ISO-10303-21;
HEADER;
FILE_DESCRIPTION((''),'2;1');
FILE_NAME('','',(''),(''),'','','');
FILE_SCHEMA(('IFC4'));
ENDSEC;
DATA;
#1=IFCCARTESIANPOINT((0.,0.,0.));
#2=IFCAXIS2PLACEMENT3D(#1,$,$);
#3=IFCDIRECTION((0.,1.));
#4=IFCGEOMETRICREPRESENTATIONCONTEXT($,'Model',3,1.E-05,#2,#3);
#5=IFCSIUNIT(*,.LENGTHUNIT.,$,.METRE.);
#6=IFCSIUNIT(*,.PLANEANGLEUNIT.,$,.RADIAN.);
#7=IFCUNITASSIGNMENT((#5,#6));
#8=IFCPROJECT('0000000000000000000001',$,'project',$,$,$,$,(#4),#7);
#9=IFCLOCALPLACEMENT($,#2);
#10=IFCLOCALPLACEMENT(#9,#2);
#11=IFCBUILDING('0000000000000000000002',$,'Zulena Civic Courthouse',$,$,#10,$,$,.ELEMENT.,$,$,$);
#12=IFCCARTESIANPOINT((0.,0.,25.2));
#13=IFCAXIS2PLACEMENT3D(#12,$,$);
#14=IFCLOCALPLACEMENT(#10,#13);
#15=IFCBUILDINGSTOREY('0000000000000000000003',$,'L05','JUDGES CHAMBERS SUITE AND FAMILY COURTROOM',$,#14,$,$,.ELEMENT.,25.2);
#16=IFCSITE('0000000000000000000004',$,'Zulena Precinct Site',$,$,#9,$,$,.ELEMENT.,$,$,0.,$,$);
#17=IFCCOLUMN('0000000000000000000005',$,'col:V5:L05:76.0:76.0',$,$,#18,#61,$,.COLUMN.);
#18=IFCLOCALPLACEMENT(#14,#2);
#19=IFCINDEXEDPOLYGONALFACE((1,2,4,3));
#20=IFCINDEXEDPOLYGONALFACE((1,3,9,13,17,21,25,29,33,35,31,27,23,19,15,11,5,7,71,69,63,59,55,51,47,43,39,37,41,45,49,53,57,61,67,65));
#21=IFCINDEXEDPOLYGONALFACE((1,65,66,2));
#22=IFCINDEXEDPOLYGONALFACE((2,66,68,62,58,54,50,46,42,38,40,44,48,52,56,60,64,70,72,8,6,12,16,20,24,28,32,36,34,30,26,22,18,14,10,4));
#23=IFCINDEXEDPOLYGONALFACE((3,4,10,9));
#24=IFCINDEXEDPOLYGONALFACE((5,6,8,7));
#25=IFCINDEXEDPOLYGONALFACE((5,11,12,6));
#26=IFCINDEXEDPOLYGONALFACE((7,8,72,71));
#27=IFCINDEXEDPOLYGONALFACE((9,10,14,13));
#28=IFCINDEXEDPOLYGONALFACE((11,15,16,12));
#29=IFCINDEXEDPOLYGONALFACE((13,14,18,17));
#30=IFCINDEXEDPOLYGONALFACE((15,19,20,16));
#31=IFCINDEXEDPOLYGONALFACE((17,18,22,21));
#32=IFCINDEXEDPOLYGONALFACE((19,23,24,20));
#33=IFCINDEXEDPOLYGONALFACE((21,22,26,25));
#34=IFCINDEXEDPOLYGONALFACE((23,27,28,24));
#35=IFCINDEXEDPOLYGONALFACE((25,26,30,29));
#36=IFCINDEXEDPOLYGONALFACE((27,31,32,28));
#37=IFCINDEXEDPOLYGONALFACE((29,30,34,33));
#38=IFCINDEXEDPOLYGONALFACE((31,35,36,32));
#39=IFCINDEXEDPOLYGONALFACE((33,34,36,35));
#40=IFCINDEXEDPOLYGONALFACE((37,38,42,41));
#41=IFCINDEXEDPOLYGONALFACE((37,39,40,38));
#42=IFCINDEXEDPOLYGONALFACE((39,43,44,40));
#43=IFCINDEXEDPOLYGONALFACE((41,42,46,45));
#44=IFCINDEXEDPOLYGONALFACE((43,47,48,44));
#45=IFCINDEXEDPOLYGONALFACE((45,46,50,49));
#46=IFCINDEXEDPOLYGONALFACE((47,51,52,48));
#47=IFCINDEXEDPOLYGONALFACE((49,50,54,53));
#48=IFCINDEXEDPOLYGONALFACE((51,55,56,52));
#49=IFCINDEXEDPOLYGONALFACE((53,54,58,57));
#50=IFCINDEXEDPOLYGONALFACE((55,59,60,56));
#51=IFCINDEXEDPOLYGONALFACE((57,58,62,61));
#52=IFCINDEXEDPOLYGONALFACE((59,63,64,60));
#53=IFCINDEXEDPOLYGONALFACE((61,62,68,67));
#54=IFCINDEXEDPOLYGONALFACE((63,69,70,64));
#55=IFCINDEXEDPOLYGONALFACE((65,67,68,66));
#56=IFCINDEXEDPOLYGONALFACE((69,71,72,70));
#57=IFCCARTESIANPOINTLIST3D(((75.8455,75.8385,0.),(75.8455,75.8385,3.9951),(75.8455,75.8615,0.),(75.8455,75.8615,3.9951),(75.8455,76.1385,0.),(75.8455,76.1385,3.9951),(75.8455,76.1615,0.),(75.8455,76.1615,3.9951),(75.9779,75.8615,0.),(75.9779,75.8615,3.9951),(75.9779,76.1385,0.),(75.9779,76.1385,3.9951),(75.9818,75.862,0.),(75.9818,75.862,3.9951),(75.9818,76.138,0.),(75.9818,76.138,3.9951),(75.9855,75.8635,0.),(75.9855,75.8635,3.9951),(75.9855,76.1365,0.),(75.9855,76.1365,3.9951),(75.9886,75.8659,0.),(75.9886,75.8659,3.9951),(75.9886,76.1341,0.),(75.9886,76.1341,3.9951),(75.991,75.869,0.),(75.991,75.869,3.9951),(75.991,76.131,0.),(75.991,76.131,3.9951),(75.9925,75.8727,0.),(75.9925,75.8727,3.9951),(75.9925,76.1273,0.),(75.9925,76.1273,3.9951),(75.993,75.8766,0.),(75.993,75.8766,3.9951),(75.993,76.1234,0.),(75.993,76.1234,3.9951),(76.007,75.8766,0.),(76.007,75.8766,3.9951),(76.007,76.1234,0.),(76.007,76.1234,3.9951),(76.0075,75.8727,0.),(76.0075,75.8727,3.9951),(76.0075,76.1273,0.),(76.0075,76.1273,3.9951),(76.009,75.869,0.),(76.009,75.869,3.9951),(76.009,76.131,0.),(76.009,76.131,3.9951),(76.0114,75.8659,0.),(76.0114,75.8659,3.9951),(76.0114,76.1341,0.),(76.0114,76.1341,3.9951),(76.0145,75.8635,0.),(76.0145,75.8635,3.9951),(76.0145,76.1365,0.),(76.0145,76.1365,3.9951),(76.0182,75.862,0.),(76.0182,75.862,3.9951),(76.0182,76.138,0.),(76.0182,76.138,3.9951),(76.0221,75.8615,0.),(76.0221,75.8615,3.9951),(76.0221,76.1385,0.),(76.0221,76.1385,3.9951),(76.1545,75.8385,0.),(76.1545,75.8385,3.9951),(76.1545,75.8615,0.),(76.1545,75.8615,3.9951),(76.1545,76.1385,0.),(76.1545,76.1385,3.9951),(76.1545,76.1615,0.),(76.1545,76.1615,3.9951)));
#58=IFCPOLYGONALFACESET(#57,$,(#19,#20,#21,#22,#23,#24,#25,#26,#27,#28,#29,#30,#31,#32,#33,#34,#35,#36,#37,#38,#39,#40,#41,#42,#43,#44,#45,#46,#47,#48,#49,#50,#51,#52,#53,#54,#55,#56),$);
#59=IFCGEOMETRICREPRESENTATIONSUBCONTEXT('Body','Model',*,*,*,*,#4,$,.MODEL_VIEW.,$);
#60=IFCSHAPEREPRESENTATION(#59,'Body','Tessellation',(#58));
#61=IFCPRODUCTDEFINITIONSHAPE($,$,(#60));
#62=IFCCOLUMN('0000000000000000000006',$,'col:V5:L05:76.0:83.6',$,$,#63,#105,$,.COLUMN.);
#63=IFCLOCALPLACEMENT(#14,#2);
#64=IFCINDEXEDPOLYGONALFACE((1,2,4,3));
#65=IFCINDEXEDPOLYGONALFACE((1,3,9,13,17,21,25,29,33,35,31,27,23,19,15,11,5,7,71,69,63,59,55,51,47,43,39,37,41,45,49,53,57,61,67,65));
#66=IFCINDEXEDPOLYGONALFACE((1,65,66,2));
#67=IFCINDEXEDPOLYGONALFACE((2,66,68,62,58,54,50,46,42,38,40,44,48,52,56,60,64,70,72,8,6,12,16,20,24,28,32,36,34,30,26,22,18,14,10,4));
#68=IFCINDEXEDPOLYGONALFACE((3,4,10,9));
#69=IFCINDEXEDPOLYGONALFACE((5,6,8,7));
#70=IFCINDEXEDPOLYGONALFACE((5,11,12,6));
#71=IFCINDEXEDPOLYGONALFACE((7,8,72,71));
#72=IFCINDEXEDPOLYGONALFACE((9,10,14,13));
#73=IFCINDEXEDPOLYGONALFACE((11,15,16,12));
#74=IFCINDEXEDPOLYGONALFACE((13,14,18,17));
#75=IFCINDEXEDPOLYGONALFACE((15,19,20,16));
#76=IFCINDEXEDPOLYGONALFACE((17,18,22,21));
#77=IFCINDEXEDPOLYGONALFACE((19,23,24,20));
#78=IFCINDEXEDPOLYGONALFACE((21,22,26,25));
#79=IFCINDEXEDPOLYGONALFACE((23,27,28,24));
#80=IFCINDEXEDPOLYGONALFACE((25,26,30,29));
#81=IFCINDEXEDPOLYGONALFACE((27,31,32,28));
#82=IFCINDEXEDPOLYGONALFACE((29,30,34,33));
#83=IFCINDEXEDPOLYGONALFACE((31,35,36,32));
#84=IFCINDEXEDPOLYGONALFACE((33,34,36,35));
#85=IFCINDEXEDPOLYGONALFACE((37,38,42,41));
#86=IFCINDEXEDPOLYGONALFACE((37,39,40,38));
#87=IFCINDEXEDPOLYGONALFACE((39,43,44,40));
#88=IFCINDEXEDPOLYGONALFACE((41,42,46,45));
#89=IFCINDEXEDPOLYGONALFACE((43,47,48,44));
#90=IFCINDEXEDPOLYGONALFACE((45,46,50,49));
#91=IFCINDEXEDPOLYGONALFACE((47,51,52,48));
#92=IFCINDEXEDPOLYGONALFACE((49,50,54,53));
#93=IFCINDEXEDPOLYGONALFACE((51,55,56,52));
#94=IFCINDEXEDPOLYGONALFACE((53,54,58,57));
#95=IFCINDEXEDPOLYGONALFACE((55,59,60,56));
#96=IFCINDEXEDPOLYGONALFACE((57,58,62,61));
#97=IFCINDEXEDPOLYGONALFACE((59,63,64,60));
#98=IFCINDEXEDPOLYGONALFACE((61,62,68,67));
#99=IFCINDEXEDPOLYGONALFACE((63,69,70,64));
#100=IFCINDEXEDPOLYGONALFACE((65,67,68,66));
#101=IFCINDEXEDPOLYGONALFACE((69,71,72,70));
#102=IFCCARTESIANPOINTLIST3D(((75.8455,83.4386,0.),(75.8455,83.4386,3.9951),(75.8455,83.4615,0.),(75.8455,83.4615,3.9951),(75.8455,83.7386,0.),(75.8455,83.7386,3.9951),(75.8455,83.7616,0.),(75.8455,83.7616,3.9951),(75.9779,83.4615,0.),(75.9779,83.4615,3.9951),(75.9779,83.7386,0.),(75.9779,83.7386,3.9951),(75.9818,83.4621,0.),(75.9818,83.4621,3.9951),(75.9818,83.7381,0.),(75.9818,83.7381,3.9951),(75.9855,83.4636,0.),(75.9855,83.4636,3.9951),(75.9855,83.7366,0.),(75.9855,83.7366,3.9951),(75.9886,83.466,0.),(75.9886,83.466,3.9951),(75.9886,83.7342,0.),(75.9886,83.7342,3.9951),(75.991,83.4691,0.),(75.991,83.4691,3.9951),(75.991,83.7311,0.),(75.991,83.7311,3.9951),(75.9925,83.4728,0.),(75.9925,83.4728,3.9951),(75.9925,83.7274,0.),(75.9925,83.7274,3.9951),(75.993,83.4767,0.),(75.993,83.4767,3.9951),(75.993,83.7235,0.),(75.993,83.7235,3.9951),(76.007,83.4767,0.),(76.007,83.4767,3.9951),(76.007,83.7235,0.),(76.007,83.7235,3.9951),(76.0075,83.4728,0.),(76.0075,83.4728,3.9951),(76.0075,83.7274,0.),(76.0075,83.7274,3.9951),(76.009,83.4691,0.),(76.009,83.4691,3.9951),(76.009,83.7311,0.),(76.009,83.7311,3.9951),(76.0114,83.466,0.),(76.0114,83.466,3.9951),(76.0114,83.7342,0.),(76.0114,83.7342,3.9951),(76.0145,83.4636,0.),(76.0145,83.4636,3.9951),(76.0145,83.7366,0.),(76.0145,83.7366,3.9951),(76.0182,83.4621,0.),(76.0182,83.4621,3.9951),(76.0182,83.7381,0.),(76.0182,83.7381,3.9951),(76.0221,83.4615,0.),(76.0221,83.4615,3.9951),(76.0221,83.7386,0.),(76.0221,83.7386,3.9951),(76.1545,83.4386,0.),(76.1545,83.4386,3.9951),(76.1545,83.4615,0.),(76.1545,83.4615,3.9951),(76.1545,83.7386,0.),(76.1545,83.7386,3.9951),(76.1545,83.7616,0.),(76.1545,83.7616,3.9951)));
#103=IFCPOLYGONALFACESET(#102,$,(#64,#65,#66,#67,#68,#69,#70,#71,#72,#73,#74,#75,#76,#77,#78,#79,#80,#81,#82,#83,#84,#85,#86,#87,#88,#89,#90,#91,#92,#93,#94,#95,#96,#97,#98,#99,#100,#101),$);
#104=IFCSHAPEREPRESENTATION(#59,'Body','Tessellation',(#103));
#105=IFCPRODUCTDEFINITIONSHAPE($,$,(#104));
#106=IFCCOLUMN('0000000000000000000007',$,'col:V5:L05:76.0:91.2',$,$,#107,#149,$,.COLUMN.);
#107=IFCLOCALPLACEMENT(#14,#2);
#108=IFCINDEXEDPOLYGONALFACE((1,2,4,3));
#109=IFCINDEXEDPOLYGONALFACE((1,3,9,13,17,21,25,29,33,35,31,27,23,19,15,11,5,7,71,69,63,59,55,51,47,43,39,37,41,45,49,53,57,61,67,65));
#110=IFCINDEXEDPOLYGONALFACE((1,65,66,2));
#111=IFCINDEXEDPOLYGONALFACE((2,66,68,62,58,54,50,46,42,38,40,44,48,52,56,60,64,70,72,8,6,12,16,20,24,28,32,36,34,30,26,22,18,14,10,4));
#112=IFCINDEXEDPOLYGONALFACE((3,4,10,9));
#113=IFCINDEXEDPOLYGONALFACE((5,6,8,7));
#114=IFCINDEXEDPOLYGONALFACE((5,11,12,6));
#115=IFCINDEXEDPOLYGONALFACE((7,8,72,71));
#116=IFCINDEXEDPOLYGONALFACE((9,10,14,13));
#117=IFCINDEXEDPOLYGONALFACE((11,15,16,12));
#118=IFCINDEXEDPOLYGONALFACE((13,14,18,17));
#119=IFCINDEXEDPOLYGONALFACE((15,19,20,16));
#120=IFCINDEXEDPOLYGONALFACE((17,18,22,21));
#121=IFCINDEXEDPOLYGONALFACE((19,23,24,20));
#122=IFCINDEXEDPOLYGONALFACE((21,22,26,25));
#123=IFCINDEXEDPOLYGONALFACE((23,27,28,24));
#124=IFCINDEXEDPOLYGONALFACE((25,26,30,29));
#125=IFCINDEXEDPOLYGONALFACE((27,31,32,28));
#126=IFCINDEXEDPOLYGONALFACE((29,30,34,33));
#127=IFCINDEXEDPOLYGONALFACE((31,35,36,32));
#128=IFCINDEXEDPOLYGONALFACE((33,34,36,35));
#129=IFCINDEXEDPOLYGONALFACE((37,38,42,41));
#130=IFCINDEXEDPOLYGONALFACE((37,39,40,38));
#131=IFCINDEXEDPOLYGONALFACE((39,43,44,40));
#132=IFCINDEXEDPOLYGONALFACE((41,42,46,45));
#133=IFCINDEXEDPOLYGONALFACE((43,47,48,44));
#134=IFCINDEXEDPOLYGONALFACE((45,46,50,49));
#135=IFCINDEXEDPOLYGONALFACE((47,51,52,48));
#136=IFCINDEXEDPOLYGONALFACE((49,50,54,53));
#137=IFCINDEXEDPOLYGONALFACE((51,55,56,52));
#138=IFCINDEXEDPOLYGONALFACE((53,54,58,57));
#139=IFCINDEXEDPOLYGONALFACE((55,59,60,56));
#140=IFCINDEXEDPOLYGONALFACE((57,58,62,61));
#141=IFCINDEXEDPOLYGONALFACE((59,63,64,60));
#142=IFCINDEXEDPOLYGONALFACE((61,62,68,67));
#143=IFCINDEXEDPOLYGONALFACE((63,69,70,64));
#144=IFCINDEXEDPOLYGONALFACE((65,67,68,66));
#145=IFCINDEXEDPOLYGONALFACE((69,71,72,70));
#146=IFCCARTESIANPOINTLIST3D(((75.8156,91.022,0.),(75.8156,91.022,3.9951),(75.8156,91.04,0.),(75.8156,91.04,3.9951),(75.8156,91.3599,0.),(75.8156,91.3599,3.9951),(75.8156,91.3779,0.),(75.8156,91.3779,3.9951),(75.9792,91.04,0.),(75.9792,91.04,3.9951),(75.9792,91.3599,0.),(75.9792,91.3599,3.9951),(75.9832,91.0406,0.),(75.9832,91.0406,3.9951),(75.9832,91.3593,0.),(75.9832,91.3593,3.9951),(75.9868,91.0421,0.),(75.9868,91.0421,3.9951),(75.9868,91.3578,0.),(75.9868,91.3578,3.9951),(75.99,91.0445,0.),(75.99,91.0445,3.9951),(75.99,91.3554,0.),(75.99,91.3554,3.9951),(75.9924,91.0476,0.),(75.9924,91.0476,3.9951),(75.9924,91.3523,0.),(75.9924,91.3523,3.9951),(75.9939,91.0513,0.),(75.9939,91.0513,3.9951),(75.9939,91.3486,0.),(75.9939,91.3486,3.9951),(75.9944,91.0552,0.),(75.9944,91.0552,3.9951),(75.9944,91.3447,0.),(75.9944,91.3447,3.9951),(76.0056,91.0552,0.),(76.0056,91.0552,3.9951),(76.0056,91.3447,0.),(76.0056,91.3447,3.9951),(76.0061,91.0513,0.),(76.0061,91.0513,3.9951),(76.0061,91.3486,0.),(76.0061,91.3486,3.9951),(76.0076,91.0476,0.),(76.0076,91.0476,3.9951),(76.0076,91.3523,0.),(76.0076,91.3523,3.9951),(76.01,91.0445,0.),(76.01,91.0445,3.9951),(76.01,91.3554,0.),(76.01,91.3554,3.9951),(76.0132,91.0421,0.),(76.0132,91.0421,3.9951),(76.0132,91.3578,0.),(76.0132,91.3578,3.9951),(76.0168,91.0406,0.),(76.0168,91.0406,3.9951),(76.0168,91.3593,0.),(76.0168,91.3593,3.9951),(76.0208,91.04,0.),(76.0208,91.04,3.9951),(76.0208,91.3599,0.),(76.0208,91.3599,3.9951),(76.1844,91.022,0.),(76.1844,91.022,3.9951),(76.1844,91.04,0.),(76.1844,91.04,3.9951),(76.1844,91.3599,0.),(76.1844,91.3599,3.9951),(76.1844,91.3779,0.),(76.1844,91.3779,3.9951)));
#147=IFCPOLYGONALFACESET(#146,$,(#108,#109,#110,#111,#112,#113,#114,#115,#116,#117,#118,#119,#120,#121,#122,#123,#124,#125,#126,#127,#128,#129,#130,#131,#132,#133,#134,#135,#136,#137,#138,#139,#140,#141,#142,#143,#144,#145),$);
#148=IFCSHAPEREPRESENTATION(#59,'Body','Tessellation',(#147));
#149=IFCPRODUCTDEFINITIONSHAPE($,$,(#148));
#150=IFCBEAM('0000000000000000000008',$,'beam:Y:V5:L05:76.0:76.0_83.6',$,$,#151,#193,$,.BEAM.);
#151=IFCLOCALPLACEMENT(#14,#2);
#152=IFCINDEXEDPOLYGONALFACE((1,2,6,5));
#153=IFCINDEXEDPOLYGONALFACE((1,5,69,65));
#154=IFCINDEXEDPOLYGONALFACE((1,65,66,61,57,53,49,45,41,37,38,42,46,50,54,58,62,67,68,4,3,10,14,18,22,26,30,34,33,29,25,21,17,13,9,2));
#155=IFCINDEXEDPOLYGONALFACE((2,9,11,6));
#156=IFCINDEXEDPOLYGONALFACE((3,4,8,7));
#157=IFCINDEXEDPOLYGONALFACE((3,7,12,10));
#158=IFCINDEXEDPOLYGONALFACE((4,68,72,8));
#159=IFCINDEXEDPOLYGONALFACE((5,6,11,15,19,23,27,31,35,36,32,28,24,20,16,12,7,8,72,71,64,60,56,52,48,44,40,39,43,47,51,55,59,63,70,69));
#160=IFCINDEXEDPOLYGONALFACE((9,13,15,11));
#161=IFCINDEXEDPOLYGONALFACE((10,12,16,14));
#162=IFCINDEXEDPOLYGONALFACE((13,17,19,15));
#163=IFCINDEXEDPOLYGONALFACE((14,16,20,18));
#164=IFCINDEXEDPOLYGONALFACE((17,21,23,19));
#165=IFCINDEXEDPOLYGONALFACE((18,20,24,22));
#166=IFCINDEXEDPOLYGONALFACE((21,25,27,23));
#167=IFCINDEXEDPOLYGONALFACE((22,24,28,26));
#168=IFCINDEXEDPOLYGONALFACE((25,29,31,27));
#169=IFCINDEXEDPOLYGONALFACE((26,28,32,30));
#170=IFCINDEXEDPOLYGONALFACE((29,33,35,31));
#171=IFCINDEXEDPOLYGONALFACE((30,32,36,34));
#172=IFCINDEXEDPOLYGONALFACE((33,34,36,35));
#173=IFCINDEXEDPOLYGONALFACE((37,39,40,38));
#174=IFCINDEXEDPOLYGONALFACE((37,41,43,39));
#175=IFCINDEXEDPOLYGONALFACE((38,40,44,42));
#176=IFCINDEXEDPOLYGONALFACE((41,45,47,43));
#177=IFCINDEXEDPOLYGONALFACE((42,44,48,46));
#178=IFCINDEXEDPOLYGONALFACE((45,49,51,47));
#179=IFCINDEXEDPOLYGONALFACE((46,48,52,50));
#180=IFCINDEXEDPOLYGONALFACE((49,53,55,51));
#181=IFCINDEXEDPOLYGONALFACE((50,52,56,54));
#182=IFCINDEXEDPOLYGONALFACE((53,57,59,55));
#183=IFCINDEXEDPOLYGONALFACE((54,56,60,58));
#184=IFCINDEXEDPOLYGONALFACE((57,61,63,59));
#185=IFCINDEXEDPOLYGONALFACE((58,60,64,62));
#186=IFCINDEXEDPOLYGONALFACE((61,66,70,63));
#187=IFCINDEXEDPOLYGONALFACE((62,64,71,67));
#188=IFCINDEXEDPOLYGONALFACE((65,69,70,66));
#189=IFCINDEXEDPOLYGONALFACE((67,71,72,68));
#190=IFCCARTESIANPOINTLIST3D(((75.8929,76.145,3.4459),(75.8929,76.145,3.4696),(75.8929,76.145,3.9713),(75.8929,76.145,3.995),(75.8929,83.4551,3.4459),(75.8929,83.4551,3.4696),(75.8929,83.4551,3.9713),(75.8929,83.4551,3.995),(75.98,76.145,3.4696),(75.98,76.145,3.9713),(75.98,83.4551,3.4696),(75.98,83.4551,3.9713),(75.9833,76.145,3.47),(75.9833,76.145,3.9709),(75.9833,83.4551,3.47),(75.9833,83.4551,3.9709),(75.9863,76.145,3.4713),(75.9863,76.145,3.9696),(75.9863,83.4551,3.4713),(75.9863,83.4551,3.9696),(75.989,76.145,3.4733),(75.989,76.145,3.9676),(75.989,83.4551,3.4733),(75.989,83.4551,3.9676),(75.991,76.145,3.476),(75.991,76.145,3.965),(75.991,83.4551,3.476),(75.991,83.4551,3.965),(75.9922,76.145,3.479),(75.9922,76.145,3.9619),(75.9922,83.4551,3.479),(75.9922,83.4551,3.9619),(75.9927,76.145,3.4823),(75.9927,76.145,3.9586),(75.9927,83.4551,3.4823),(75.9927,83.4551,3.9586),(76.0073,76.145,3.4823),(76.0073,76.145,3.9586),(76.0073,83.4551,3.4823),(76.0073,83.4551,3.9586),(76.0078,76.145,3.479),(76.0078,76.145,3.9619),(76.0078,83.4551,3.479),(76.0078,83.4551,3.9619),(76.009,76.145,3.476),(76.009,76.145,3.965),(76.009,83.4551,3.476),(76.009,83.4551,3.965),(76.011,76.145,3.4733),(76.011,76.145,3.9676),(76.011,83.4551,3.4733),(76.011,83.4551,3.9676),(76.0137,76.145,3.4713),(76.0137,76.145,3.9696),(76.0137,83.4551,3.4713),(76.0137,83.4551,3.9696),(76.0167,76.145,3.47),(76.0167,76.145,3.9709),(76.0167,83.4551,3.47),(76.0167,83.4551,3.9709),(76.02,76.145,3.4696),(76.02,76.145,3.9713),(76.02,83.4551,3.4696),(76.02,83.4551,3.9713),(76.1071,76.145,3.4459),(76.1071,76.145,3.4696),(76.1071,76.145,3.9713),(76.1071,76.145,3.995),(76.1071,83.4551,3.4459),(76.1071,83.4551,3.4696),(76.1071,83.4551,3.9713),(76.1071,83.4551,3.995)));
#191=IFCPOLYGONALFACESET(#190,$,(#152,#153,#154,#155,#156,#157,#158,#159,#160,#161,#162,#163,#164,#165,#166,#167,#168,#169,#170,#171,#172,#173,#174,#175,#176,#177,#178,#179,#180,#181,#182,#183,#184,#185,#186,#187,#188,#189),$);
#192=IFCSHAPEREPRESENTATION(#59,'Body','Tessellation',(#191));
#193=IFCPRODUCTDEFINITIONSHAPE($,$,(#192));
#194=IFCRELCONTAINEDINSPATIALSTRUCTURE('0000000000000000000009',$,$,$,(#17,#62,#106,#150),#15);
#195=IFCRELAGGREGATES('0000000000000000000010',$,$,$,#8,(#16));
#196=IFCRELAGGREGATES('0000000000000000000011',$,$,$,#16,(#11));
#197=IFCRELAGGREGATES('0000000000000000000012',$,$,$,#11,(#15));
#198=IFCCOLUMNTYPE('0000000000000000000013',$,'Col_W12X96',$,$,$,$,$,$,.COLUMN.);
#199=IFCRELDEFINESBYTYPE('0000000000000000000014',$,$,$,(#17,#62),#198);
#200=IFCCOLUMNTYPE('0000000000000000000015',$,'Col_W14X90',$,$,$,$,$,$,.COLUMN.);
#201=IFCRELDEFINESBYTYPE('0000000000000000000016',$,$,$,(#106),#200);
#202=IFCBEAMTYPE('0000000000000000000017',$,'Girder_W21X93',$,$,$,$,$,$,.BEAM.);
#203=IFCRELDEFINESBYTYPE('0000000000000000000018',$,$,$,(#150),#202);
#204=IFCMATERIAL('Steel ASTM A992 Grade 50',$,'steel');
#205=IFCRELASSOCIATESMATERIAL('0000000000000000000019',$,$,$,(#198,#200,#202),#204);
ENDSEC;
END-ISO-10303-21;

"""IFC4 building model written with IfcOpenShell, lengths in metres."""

from ifc_helpers import new_model, si_unit, direction, frame, origin, origin_2d, place, context, subcontext, project, spatial, i_section, extrude, material, material_profile, profile_set, type_object, element, save


model = new_model("IFC4")

# Units and contexts
model_context = context("Model", 3, precision=1e-05, world=origin(), true_north=direction((0.0, 1.0)))
body_context = subcontext(model_context, "Body", "Model", "MODEL_VIEW")
ifc_project = project(units=[si_unit("LENGTHUNIT", "METRE"), si_unit("PLANEANGLEUNIT", "RADIAN")], contexts=[model_context])

# Site, building, storey
site_placement = place(None, origin())
site = spatial("IfcSite", under=ifc_project, at=site_placement, Name="Zulena Precinct Site", CompositionType="ELEMENT", RefElevation=0.0)
building_placement = place(site_placement, origin())
building = spatial("IfcBuilding", under=site, at=building_placement, Name="Zulena Civic Courthouse", CompositionType="ELEMENT")
storey_placement = place(building_placement, frame((0.0, 0.0, 25.2)))
storey = spatial("IfcBuildingStorey", under=building, at=storey_placement, Name="L05", Description="JUDGES CHAMBERS SUITE AND FAMILY COURTROOM", CompositionType="ELEMENT", Elevation=25.2)

# Columns
ifc_material_1 = material(Name="Steel ASTM A992 Grade 50", Category="steel")
ifc_material_profile_1 = material_profile(ifc_material_1, i_section(OverallWidth=0.3091, OverallDepth=0.323, WebThickness=0.0139, FlangeThickness=0.0229, FilletRadius=0.0151, at=origin_2d()), Name="W12X96")
ifc_profile_set_1 = profile_set([ifc_material_profile_1], Name="Steel ASTM A992 Grade 50")
column_type_1 = type_object("IfcColumnType", Name="Col_W12X96", PredefinedType="COLUMN", material=ifc_profile_set_1)
for number, where, z_axis, x_axis, name in (
    (1, (76.0, 76.0, 0.0), (0.0, 0.0, 1.0), (1.0, 0.0, 0.0), "col:V5:L05:76.0:76.0"),
    (2, (76.0, 83.6001, 0.0), (0.0, 0.0, 1.0), (1.0, 0.0, 0.0), "col:V5:L05:76.0:83.6"),
):
    element("IfcColumn", number, at=place(storey_placement, frame(where, z_axis=z_axis, x_axis=x_axis)), inside=storey, type_object=column_type_1, Name=name, PredefinedType="COLUMN", context=body_context, shape_type="SweptSolid", body=[
        extrude(i_section(OverallWidth=0.3091, OverallDepth=0.323, WebThickness=0.0139, FlangeThickness=0.0229, FilletRadius=0.0151, at=origin_2d()), origin(), (0.0, 0.0, 1.0), 3.9951),
    ])
ifc_material_profile_2 = material_profile(ifc_material_1, i_section(OverallWidth=0.3689, OverallDepth=0.356, WebThickness=0.0112, FlangeThickness=0.0181, FilletRadius=0.0151, at=origin_2d()), Name="W14X90")
ifc_profile_set_2 = profile_set([ifc_material_profile_2], Name="Steel ASTM A992 Grade 50")
column_type_2 = type_object("IfcColumnType", Name="Col_W14X90", PredefinedType="COLUMN", material=ifc_profile_set_2)
column_placement = place(storey_placement, frame((76.0, 91.2, 0.0), z_axis=(0.0, 0.0, 1.0), x_axis=(1.0, 0.0, 0.0)))
element("IfcColumn", 3, at=column_placement, inside=storey, type_object=column_type_2, Name="col:V5:L05:76.0:91.2", PredefinedType="COLUMN", context=body_context, shape_type="SweptSolid", body=[
    extrude(i_section(OverallWidth=0.3689, OverallDepth=0.356, WebThickness=0.0112, FlangeThickness=0.0181, FilletRadius=0.0151, at=origin_2d()), origin(), (0.0, 0.0, 1.0), 3.9951),
])

# Beam
ifc_material_profile_3 = material_profile(ifc_material_1, i_section(OverallWidth=0.2141, OverallDepth=0.5491, WebThickness=0.0146, FlangeThickness=0.0237, FilletRadius=0.0127, at=origin_2d()), Name="W21X93")
ifc_profile_set_3 = profile_set([ifc_material_profile_3], Name="Steel ASTM A992 Grade 50")
beam_type_1 = type_object("IfcBeamType", Name="Girder_W21X93", PredefinedType="BEAM", material=ifc_profile_set_3)
beam_1_placement = place(storey_placement, frame((76.0, 76.145, 3.7205), z_axis=(0.0, 1.0, 0.0), x_axis=(-1.0, 0.0, 0.0)))
element("IfcBeam", 4, at=beam_1_placement, inside=storey, type_object=beam_type_1, Name="beam:Y:V5:L05:76.0:76.0_83.6", PredefinedType="BEAM", context=body_context, shape_type="SweptSolid", body=[
    extrude(i_section(OverallWidth=0.2141, OverallDepth=0.5491, WebThickness=0.0146, FlangeThickness=0.0237, FilletRadius=0.0127, at=origin_2d()), origin(), (0.0, 0.0, 1.0), 7.3101),
])

save(model, "model.ifc")
